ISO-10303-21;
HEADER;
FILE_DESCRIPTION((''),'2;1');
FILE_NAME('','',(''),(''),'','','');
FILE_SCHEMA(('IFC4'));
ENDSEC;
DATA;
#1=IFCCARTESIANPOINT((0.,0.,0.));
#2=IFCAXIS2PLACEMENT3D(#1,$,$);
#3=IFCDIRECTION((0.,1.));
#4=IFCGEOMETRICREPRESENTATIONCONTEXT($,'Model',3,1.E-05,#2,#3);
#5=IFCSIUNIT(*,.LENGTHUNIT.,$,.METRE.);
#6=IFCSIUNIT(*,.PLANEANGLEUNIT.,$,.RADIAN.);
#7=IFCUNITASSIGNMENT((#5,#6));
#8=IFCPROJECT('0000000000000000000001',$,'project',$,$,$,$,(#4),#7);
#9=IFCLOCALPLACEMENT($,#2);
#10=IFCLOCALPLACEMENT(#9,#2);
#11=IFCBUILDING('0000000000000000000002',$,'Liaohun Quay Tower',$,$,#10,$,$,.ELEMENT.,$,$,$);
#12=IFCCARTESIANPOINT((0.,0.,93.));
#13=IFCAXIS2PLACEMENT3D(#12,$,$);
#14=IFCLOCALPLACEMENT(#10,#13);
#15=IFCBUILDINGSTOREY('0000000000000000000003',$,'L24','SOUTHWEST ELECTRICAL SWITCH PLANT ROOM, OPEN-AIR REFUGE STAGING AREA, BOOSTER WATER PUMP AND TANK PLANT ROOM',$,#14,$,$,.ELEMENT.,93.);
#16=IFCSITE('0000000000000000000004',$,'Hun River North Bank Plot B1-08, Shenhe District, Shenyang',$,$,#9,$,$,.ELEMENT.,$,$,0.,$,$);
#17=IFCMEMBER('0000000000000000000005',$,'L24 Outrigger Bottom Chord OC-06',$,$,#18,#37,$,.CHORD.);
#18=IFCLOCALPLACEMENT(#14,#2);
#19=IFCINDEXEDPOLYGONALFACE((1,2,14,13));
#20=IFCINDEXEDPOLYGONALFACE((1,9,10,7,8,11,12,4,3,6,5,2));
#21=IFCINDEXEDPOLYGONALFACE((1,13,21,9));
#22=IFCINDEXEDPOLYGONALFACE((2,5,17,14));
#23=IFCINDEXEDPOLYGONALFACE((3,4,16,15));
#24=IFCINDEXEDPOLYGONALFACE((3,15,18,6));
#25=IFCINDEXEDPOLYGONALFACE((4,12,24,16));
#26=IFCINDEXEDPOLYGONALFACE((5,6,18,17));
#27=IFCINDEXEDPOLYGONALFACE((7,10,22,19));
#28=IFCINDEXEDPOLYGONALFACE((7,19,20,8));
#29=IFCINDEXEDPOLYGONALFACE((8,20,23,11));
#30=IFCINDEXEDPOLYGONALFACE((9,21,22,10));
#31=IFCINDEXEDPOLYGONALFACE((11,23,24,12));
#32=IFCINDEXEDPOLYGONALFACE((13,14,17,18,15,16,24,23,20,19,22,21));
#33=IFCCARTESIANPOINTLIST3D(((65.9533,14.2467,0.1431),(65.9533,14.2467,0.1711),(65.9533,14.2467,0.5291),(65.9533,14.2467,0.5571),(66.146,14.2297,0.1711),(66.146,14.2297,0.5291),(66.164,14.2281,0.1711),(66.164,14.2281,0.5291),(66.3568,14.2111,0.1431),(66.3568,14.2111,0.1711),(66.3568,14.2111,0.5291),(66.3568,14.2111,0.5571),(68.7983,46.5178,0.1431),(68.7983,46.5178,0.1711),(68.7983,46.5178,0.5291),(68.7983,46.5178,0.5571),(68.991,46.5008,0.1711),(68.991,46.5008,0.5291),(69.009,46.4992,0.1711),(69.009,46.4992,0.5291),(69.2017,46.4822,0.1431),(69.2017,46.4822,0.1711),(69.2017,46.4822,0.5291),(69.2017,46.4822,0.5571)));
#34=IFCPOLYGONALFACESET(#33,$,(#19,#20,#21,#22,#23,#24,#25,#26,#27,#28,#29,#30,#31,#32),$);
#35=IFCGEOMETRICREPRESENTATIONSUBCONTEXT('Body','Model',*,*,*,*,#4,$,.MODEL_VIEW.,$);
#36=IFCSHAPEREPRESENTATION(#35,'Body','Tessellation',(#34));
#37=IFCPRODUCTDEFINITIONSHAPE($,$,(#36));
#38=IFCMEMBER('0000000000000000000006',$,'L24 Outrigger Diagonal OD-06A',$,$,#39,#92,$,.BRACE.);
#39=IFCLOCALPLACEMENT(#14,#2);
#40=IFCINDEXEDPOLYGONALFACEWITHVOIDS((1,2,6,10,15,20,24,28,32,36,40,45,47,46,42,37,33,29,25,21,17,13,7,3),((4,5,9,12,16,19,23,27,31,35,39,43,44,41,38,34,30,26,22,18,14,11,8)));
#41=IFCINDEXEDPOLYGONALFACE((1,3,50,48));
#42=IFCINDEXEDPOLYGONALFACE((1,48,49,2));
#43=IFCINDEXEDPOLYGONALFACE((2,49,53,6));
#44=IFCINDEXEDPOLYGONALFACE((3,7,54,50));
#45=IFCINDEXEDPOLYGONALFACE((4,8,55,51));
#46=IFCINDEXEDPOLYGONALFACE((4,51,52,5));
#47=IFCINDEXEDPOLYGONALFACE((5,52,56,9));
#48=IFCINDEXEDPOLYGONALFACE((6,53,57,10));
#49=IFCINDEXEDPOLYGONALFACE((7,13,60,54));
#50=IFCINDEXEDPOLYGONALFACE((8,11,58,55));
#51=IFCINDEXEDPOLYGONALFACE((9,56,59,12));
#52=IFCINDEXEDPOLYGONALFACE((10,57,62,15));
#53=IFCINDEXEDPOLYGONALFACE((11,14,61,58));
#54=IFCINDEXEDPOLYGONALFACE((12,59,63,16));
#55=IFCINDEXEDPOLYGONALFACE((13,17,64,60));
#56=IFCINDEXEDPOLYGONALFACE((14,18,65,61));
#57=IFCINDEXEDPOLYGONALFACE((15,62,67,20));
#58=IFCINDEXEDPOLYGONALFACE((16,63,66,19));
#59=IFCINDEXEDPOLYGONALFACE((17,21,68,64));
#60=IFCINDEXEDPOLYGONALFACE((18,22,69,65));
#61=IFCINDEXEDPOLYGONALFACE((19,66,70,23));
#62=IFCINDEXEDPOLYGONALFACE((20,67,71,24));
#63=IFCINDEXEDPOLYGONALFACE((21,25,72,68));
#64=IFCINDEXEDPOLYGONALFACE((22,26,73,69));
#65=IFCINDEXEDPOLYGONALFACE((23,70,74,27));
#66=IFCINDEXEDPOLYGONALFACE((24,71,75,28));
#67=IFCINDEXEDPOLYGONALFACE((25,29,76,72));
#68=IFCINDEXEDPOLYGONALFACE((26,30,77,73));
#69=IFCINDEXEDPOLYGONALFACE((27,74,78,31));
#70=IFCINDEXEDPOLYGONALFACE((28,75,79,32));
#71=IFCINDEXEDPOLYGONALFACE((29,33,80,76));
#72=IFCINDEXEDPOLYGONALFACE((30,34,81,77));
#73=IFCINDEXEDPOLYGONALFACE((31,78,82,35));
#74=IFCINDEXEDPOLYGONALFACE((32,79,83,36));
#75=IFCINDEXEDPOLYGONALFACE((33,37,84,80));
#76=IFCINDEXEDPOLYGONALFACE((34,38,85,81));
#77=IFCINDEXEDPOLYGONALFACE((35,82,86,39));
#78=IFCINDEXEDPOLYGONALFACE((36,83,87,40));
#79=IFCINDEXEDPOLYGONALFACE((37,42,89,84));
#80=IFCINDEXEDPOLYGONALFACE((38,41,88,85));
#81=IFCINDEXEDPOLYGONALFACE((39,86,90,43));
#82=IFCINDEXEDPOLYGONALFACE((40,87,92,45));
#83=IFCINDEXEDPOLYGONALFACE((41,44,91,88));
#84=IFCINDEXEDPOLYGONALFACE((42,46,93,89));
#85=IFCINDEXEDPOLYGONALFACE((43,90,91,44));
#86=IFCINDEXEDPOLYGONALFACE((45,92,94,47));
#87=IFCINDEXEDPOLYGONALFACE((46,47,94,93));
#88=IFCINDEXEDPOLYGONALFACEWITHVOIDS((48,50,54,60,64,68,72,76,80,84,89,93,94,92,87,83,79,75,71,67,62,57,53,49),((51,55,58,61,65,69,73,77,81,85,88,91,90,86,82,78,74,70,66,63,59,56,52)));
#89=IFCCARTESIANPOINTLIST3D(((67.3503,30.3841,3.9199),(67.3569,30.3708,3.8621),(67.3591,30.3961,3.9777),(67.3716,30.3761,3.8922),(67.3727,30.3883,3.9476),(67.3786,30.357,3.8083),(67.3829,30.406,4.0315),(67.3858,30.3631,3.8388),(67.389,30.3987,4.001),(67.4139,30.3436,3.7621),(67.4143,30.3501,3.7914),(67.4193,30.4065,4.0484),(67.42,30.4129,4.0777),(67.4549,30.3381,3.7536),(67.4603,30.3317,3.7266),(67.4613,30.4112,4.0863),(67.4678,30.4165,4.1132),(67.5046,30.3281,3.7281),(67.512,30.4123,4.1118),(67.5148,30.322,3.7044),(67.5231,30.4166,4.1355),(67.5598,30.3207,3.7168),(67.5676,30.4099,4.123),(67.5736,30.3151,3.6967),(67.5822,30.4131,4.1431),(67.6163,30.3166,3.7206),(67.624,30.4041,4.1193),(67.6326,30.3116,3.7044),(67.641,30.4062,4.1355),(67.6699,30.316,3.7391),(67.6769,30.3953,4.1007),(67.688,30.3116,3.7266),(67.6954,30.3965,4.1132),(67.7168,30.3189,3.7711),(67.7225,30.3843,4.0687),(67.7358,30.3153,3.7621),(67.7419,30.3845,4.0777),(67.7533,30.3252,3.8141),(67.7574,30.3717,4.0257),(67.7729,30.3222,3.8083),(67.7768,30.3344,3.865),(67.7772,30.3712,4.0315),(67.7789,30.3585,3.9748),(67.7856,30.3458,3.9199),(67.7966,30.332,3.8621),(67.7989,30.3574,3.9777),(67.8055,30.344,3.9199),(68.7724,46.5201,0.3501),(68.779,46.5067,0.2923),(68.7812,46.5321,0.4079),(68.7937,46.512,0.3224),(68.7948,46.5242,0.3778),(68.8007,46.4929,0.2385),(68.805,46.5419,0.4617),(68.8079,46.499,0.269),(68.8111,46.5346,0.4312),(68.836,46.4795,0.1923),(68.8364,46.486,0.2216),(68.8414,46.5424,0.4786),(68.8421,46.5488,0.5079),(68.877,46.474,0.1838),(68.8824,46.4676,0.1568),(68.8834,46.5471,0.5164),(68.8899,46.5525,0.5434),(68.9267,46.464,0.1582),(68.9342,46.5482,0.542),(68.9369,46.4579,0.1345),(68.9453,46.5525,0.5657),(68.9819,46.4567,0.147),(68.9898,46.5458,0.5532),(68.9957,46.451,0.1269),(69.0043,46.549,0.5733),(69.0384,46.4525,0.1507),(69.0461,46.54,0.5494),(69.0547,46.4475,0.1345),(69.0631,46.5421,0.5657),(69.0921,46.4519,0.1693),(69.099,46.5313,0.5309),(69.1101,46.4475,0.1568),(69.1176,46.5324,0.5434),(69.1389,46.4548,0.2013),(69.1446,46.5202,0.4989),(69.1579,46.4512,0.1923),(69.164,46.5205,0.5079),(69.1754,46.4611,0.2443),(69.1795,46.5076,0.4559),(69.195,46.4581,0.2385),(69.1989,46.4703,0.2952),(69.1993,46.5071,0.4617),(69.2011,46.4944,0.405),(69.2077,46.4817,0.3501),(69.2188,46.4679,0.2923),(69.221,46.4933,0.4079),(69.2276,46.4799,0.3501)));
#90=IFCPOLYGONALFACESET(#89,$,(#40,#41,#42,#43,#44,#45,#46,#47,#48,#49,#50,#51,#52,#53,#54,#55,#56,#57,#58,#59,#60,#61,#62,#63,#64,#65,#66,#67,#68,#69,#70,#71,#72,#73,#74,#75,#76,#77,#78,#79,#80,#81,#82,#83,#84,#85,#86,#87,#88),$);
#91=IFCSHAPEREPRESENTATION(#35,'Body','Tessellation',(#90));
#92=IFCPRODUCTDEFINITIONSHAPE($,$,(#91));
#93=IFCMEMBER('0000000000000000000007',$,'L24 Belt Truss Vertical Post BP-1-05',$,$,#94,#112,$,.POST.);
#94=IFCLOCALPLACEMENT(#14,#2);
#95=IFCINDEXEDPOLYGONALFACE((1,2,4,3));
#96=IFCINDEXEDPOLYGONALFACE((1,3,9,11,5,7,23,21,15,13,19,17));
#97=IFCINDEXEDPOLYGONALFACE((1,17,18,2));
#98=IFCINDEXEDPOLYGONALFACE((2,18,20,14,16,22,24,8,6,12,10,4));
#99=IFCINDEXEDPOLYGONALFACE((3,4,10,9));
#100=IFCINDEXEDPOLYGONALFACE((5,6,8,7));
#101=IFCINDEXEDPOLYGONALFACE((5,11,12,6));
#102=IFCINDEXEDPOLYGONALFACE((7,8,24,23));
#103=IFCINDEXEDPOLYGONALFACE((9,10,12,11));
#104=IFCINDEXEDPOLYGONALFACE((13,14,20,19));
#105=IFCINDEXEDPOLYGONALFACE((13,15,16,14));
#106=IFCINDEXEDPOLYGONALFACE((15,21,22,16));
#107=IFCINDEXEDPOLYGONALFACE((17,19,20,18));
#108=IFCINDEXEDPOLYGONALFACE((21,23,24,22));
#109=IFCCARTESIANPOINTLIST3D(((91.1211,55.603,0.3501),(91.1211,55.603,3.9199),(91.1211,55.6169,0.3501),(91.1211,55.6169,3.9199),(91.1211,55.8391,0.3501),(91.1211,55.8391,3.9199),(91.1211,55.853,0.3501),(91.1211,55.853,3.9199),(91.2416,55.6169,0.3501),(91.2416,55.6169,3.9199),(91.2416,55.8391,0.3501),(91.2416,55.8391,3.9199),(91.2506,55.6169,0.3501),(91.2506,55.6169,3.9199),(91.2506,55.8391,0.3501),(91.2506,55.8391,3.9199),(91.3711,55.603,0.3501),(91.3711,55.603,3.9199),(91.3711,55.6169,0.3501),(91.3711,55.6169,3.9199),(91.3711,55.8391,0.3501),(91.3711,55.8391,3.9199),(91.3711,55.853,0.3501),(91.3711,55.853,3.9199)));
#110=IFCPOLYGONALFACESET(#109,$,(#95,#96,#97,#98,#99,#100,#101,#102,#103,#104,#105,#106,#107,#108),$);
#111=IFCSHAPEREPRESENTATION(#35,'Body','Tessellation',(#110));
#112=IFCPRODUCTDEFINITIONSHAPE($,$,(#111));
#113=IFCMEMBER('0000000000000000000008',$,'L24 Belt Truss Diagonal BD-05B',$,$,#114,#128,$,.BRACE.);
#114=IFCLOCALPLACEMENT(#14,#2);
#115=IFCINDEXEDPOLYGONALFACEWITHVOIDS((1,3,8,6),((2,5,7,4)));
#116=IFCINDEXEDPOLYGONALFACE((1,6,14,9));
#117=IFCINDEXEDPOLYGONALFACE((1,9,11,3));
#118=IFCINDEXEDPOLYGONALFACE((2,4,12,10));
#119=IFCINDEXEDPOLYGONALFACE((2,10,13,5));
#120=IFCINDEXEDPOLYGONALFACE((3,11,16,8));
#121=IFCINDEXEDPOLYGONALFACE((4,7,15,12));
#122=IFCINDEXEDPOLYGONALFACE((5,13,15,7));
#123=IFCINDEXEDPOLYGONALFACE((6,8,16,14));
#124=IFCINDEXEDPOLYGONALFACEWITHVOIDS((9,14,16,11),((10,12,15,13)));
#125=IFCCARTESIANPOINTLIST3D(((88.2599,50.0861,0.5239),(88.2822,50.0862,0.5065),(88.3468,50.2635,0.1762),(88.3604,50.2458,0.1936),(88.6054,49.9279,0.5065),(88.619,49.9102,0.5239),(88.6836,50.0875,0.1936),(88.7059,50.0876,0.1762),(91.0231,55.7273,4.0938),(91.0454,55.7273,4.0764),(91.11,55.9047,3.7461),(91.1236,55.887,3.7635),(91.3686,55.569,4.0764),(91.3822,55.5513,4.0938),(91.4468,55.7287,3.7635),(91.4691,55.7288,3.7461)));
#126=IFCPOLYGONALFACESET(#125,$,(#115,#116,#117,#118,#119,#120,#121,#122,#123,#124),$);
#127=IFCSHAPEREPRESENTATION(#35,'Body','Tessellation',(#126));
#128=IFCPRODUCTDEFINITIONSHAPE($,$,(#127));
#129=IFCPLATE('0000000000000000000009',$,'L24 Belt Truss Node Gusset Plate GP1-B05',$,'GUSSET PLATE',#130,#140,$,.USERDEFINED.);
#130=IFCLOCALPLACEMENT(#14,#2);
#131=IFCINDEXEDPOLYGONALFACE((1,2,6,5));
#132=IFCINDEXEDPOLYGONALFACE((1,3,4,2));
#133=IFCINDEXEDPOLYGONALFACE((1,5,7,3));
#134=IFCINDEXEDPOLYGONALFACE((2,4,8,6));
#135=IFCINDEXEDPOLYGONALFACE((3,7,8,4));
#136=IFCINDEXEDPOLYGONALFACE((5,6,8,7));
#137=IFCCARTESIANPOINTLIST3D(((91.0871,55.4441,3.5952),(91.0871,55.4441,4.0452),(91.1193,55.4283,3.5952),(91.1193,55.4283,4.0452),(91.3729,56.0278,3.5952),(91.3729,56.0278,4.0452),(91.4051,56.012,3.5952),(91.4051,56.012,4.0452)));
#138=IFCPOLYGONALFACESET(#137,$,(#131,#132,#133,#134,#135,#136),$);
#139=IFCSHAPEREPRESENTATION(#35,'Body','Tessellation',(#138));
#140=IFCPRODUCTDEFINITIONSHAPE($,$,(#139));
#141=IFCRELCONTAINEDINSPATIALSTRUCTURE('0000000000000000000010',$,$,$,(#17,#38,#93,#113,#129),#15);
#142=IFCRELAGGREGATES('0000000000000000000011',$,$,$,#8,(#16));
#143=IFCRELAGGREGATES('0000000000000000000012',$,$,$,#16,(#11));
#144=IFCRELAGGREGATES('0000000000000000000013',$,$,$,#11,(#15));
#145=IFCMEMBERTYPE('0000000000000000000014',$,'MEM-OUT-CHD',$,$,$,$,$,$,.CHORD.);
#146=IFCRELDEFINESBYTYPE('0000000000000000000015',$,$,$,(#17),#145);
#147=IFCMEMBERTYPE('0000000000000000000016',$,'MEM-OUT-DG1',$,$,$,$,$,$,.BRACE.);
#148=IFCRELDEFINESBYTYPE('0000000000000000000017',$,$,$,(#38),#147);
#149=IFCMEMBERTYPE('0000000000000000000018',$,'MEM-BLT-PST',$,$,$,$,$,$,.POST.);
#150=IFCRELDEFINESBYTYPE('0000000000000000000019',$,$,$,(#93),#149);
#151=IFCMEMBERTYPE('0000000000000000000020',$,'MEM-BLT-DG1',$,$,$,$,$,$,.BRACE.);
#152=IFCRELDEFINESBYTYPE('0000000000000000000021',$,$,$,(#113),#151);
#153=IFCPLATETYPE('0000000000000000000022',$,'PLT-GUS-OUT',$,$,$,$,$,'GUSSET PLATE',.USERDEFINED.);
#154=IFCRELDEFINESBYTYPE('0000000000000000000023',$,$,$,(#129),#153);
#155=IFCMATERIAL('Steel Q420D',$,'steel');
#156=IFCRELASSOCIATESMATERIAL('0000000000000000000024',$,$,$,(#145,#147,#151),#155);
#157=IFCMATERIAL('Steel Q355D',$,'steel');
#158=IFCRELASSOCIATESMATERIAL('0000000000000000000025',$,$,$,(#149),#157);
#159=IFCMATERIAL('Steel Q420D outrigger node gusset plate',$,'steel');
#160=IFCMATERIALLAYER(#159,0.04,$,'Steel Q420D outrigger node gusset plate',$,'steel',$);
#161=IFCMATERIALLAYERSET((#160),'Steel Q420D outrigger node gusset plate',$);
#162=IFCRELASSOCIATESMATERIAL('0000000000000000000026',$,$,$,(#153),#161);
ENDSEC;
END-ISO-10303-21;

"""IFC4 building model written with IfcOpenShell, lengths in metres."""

from ifc_helpers import new_model, si_unit, direction, frame, origin, origin_2d, place, context, subcontext, project, spatial, rectangle, hollow_rectangle, hollow_circle, i_section, extrude, source, transform, mapped, material, layer, layer_set, material_profile, profile_set, type_object, element, save


model = new_model("IFC4")

# Units and contexts
model_context = context("Model", 3, precision=1e-05, world=origin(), true_north=direction((0.0, 1.0)))
body_context = subcontext(model_context, "Body", "Model", "MODEL_VIEW")
ifc_project = project(units=[si_unit("LENGTHUNIT", "METRE"), si_unit("PLANEANGLEUNIT", "RADIAN")], contexts=[model_context])

# Site, building, storey
site_placement = place(None, origin())
site = spatial("IfcSite", under=ifc_project, at=site_placement, Name="Hun River North Bank Plot B1-08, Shenhe District, Shenyang", CompositionType="ELEMENT", RefElevation=0.0)
building_placement = place(site_placement, origin())
building = spatial("IfcBuilding", under=site, at=building_placement, Name="Liaohun Quay Tower", CompositionType="ELEMENT")
storey_placement = place(building_placement, frame((0.0, 0.0, 93.0)))
storey = spatial("IfcBuildingStorey", under=building, at=storey_placement, Name="L24", Description="SOUTHWEST ELECTRICAL SWITCH PLANT ROOM, OPEN-AIR REFUGE STAGING AREA, BOOSTER WATER PUMP AND TANK PLANT ROOM", CompositionType="ELEMENT", Elevation=93.0)

# Members
ifc_material_1 = material(Name="Steel Q420D", Category="steel")
ifc_material_profile_1 = material_profile(ifc_material_1, i_section(OverallWidth=0.405, OverallDepth=0.4141, WebThickness=0.0181, FlangeThickness=0.0281, at=origin_2d()), Name="HW414x405x18x28")
ifc_profile_set_1 = profile_set([ifc_material_profile_1], Name="Steel Q420D")
member_type_1 = type_object("IfcMemberType", Name="MEM-OUT-CHD", PredefinedType="CHORD", material=ifc_profile_set_1)
shared_shape_1 = source(origin(), body_context, "Body", "SweptSolid", [
    extrude(i_section(OverallWidth=0.405, OverallDepth=0.4141, WebThickness=0.0181, FlangeThickness=0.0281, at=origin_2d()), origin(), (0.0, 0.0, 1.0), 32.3962),
])
member_1_placement = place(storey_placement, frame((69.0, 46.5, 0.3501), z_axis=(-0.087818, -0.996137, 0.0), x_axis=(0.996137, -0.087818, 0.0)))
element("IfcMember", 1, at=member_1_placement, inside=storey, type_object=member_type_1, Name="L24 Outrigger Bottom Chord OC-06", PredefinedType="CHORD", context=body_context, shape_type="MappedRepresentation", body=[
    mapped(shared_shape_1, transform((0.0, 0.0, 0.0), x_axis=(1.0, 0.0, 0.0), y_axis=(0.0, 1.0, 0.0), z_axis=(0.0, 0.0, 1.0), scale=1.0)),
])
ifc_material_profile_2 = material_profile(ifc_material_1, hollow_circle(Radius=0.2285, WallThickness=0.02, at=origin_2d()), Name="CHS457x20")
ifc_profile_set_2 = profile_set([ifc_material_profile_2], Name="Steel Q420D")
member_type_2 = type_object("IfcMemberType", Name="MEM-OUT-DG1", PredefinedType="BRACE", material=ifc_profile_set_2)
shared_shape_2 = source(origin(), body_context, "Body", "SweptSolid", [
    extrude(hollow_circle(Radius=0.2285, WallThickness=0.02, at=origin_2d()), origin(), (0.0, 0.0, 1.0), 16.5872),
])
member_2_placement = place(storey_placement, frame((69.0, 46.5, 0.3501), z_axis=(-0.085736, -0.972796, 0.215215), x_axis=(0.996139, -0.087793, 0.0)))
element("IfcMember", 2, at=member_2_placement, inside=storey, type_object=member_type_2, Name="L24 Outrigger Diagonal OD-06A", PredefinedType="BRACE", context=body_context, shape_type="MappedRepresentation", body=[
    mapped(shared_shape_2, transform((0.0, 0.0, 0.0), x_axis=(1.0, 0.0, 0.0), y_axis=(0.0, 1.0, 0.0), z_axis=(0.0, 0.0, 1.0), scale=1.0)),
])
ifc_material_2 = material(Name="Steel Q355D", Category="steel")
ifc_material_profile_3 = material_profile(ifc_material_2, i_section(OverallWidth=0.25, OverallDepth=0.25, WebThickness=0.009, FlangeThickness=0.0139, at=origin_2d()), Name="HW250x250x9x14")
ifc_profile_set_3 = profile_set([ifc_material_profile_3], Name="Steel Q355D")
member_type_3 = type_object("IfcMemberType", Name="MEM-BLT-PST", PredefinedType="POST", material=ifc_profile_set_3)
shared_shape_3 = source(origin(), body_context, "Body", "SweptSolid", [
    extrude(i_section(OverallWidth=0.25, OverallDepth=0.25, WebThickness=0.009, FlangeThickness=0.0139, at=origin_2d()), origin(), (0.0, 0.0, 1.0), 3.5698),
])
member_3_placement = place(storey_placement, frame((91.2461, 55.728, 0.3501), z_axis=(0.0, 0.0, 1.0), x_axis=(1.0, 0.0, 0.0)))
element("IfcMember", 3, at=member_3_placement, inside=storey, type_object=member_type_3, Name="L24 Belt Truss Vertical Post BP-1-05", PredefinedType="POST", context=body_context, shape_type="MappedRepresentation", body=[
    mapped(shared_shape_3, transform((0.0, 0.0, 0.0), x_axis=(1.0, 0.0, 0.0), y_axis=(0.0, 1.0, 0.0), z_axis=(0.0, 0.0, 1.0), scale=1.0)),
])
ifc_material_profile_4 = material_profile(ifc_material_1, hollow_rectangle(XDim=0.3999, YDim=0.3999, WallThickness=0.02, at=origin_2d()), Name="SHS400x400x20")
ifc_profile_set_4 = profile_set([ifc_material_profile_4], Name="Steel Q420D")
member_type_4 = type_object("IfcMemberType", Name="MEM-BLT-DG1", PredefinedType="BRACE", material=ifc_profile_set_4)
shared_shape_4 = source(origin(), body_context, "Body", "SweptSolid", [
    extrude(hollow_rectangle(XDim=0.3999, YDim=0.3999, WallThickness=0.02, at=origin_2d()), origin(), (0.0, 0.0, 1.0), 7.2251),
])
member_4_placement = place(storey_placement, frame((91.2461, 55.728, 3.9199), z_axis=(-0.382446, -0.780774, -0.494092), x_axis=(0.898051, -0.439892, 0.0)))
element("IfcMember", 4, at=member_4_placement, inside=storey, type_object=member_type_4, Name="L24 Belt Truss Diagonal BD-05B", PredefinedType="BRACE", context=body_context, shape_type="MappedRepresentation", body=[
    mapped(shared_shape_4, transform((0.0, 0.0, 0.0), x_axis=(1.0, 0.0, 0.0), y_axis=(0.0, 1.0, 0.0), z_axis=(0.0, 0.0, 1.0), scale=1.0)),
])

# Plate
ifc_material_3 = material(Name="Steel Q420D outrigger node gusset plate", Category="steel")
ifc_layer_1 = layer(ifc_material_3, 0.04, Name="Steel Q420D outrigger node gusset plate", Category="steel")
ifc_layer_set_1 = layer_set([ifc_layer_1], Name="Steel Q420D outrigger node gusset plate")
plate_type = type_object("IfcPlateType", Name="PLT-GUS-OUT", ElementType="GUSSET PLATE", PredefinedType="USERDEFINED", material=ifc_layer_set_1)
shared_shape_5 = source(origin(), body_context, "Body", "SweptSolid", [
    extrude(rectangle(XDim=0.6499, YDim=0.0359, at=origin_2d()), origin(), (0.0, 0.0, 1.0), 0.45),
])
plate_placement = place(storey_placement, frame((91.2461, 55.728, 3.5952), z_axis=(0.0, 0.0, 1.0), x_axis=(-0.439782, -0.898104, 0.0)))
element("IfcPlate", 5, at=plate_placement, inside=storey, type_object=plate_type, Name="L24 Belt Truss Node Gusset Plate GP1-B05", ObjectType="GUSSET PLATE", PredefinedType="USERDEFINED", context=body_context, shape_type="MappedRepresentation", body=[
    mapped(shared_shape_5, transform((0.0, 0.0, 0.0), x_axis=(1.0, 0.0, 0.0), y_axis=(0.0, 1.0, 0.0), z_axis=(0.0, 0.0, 1.0), scale=1.0)),
])

save(model, "model.ifc")
